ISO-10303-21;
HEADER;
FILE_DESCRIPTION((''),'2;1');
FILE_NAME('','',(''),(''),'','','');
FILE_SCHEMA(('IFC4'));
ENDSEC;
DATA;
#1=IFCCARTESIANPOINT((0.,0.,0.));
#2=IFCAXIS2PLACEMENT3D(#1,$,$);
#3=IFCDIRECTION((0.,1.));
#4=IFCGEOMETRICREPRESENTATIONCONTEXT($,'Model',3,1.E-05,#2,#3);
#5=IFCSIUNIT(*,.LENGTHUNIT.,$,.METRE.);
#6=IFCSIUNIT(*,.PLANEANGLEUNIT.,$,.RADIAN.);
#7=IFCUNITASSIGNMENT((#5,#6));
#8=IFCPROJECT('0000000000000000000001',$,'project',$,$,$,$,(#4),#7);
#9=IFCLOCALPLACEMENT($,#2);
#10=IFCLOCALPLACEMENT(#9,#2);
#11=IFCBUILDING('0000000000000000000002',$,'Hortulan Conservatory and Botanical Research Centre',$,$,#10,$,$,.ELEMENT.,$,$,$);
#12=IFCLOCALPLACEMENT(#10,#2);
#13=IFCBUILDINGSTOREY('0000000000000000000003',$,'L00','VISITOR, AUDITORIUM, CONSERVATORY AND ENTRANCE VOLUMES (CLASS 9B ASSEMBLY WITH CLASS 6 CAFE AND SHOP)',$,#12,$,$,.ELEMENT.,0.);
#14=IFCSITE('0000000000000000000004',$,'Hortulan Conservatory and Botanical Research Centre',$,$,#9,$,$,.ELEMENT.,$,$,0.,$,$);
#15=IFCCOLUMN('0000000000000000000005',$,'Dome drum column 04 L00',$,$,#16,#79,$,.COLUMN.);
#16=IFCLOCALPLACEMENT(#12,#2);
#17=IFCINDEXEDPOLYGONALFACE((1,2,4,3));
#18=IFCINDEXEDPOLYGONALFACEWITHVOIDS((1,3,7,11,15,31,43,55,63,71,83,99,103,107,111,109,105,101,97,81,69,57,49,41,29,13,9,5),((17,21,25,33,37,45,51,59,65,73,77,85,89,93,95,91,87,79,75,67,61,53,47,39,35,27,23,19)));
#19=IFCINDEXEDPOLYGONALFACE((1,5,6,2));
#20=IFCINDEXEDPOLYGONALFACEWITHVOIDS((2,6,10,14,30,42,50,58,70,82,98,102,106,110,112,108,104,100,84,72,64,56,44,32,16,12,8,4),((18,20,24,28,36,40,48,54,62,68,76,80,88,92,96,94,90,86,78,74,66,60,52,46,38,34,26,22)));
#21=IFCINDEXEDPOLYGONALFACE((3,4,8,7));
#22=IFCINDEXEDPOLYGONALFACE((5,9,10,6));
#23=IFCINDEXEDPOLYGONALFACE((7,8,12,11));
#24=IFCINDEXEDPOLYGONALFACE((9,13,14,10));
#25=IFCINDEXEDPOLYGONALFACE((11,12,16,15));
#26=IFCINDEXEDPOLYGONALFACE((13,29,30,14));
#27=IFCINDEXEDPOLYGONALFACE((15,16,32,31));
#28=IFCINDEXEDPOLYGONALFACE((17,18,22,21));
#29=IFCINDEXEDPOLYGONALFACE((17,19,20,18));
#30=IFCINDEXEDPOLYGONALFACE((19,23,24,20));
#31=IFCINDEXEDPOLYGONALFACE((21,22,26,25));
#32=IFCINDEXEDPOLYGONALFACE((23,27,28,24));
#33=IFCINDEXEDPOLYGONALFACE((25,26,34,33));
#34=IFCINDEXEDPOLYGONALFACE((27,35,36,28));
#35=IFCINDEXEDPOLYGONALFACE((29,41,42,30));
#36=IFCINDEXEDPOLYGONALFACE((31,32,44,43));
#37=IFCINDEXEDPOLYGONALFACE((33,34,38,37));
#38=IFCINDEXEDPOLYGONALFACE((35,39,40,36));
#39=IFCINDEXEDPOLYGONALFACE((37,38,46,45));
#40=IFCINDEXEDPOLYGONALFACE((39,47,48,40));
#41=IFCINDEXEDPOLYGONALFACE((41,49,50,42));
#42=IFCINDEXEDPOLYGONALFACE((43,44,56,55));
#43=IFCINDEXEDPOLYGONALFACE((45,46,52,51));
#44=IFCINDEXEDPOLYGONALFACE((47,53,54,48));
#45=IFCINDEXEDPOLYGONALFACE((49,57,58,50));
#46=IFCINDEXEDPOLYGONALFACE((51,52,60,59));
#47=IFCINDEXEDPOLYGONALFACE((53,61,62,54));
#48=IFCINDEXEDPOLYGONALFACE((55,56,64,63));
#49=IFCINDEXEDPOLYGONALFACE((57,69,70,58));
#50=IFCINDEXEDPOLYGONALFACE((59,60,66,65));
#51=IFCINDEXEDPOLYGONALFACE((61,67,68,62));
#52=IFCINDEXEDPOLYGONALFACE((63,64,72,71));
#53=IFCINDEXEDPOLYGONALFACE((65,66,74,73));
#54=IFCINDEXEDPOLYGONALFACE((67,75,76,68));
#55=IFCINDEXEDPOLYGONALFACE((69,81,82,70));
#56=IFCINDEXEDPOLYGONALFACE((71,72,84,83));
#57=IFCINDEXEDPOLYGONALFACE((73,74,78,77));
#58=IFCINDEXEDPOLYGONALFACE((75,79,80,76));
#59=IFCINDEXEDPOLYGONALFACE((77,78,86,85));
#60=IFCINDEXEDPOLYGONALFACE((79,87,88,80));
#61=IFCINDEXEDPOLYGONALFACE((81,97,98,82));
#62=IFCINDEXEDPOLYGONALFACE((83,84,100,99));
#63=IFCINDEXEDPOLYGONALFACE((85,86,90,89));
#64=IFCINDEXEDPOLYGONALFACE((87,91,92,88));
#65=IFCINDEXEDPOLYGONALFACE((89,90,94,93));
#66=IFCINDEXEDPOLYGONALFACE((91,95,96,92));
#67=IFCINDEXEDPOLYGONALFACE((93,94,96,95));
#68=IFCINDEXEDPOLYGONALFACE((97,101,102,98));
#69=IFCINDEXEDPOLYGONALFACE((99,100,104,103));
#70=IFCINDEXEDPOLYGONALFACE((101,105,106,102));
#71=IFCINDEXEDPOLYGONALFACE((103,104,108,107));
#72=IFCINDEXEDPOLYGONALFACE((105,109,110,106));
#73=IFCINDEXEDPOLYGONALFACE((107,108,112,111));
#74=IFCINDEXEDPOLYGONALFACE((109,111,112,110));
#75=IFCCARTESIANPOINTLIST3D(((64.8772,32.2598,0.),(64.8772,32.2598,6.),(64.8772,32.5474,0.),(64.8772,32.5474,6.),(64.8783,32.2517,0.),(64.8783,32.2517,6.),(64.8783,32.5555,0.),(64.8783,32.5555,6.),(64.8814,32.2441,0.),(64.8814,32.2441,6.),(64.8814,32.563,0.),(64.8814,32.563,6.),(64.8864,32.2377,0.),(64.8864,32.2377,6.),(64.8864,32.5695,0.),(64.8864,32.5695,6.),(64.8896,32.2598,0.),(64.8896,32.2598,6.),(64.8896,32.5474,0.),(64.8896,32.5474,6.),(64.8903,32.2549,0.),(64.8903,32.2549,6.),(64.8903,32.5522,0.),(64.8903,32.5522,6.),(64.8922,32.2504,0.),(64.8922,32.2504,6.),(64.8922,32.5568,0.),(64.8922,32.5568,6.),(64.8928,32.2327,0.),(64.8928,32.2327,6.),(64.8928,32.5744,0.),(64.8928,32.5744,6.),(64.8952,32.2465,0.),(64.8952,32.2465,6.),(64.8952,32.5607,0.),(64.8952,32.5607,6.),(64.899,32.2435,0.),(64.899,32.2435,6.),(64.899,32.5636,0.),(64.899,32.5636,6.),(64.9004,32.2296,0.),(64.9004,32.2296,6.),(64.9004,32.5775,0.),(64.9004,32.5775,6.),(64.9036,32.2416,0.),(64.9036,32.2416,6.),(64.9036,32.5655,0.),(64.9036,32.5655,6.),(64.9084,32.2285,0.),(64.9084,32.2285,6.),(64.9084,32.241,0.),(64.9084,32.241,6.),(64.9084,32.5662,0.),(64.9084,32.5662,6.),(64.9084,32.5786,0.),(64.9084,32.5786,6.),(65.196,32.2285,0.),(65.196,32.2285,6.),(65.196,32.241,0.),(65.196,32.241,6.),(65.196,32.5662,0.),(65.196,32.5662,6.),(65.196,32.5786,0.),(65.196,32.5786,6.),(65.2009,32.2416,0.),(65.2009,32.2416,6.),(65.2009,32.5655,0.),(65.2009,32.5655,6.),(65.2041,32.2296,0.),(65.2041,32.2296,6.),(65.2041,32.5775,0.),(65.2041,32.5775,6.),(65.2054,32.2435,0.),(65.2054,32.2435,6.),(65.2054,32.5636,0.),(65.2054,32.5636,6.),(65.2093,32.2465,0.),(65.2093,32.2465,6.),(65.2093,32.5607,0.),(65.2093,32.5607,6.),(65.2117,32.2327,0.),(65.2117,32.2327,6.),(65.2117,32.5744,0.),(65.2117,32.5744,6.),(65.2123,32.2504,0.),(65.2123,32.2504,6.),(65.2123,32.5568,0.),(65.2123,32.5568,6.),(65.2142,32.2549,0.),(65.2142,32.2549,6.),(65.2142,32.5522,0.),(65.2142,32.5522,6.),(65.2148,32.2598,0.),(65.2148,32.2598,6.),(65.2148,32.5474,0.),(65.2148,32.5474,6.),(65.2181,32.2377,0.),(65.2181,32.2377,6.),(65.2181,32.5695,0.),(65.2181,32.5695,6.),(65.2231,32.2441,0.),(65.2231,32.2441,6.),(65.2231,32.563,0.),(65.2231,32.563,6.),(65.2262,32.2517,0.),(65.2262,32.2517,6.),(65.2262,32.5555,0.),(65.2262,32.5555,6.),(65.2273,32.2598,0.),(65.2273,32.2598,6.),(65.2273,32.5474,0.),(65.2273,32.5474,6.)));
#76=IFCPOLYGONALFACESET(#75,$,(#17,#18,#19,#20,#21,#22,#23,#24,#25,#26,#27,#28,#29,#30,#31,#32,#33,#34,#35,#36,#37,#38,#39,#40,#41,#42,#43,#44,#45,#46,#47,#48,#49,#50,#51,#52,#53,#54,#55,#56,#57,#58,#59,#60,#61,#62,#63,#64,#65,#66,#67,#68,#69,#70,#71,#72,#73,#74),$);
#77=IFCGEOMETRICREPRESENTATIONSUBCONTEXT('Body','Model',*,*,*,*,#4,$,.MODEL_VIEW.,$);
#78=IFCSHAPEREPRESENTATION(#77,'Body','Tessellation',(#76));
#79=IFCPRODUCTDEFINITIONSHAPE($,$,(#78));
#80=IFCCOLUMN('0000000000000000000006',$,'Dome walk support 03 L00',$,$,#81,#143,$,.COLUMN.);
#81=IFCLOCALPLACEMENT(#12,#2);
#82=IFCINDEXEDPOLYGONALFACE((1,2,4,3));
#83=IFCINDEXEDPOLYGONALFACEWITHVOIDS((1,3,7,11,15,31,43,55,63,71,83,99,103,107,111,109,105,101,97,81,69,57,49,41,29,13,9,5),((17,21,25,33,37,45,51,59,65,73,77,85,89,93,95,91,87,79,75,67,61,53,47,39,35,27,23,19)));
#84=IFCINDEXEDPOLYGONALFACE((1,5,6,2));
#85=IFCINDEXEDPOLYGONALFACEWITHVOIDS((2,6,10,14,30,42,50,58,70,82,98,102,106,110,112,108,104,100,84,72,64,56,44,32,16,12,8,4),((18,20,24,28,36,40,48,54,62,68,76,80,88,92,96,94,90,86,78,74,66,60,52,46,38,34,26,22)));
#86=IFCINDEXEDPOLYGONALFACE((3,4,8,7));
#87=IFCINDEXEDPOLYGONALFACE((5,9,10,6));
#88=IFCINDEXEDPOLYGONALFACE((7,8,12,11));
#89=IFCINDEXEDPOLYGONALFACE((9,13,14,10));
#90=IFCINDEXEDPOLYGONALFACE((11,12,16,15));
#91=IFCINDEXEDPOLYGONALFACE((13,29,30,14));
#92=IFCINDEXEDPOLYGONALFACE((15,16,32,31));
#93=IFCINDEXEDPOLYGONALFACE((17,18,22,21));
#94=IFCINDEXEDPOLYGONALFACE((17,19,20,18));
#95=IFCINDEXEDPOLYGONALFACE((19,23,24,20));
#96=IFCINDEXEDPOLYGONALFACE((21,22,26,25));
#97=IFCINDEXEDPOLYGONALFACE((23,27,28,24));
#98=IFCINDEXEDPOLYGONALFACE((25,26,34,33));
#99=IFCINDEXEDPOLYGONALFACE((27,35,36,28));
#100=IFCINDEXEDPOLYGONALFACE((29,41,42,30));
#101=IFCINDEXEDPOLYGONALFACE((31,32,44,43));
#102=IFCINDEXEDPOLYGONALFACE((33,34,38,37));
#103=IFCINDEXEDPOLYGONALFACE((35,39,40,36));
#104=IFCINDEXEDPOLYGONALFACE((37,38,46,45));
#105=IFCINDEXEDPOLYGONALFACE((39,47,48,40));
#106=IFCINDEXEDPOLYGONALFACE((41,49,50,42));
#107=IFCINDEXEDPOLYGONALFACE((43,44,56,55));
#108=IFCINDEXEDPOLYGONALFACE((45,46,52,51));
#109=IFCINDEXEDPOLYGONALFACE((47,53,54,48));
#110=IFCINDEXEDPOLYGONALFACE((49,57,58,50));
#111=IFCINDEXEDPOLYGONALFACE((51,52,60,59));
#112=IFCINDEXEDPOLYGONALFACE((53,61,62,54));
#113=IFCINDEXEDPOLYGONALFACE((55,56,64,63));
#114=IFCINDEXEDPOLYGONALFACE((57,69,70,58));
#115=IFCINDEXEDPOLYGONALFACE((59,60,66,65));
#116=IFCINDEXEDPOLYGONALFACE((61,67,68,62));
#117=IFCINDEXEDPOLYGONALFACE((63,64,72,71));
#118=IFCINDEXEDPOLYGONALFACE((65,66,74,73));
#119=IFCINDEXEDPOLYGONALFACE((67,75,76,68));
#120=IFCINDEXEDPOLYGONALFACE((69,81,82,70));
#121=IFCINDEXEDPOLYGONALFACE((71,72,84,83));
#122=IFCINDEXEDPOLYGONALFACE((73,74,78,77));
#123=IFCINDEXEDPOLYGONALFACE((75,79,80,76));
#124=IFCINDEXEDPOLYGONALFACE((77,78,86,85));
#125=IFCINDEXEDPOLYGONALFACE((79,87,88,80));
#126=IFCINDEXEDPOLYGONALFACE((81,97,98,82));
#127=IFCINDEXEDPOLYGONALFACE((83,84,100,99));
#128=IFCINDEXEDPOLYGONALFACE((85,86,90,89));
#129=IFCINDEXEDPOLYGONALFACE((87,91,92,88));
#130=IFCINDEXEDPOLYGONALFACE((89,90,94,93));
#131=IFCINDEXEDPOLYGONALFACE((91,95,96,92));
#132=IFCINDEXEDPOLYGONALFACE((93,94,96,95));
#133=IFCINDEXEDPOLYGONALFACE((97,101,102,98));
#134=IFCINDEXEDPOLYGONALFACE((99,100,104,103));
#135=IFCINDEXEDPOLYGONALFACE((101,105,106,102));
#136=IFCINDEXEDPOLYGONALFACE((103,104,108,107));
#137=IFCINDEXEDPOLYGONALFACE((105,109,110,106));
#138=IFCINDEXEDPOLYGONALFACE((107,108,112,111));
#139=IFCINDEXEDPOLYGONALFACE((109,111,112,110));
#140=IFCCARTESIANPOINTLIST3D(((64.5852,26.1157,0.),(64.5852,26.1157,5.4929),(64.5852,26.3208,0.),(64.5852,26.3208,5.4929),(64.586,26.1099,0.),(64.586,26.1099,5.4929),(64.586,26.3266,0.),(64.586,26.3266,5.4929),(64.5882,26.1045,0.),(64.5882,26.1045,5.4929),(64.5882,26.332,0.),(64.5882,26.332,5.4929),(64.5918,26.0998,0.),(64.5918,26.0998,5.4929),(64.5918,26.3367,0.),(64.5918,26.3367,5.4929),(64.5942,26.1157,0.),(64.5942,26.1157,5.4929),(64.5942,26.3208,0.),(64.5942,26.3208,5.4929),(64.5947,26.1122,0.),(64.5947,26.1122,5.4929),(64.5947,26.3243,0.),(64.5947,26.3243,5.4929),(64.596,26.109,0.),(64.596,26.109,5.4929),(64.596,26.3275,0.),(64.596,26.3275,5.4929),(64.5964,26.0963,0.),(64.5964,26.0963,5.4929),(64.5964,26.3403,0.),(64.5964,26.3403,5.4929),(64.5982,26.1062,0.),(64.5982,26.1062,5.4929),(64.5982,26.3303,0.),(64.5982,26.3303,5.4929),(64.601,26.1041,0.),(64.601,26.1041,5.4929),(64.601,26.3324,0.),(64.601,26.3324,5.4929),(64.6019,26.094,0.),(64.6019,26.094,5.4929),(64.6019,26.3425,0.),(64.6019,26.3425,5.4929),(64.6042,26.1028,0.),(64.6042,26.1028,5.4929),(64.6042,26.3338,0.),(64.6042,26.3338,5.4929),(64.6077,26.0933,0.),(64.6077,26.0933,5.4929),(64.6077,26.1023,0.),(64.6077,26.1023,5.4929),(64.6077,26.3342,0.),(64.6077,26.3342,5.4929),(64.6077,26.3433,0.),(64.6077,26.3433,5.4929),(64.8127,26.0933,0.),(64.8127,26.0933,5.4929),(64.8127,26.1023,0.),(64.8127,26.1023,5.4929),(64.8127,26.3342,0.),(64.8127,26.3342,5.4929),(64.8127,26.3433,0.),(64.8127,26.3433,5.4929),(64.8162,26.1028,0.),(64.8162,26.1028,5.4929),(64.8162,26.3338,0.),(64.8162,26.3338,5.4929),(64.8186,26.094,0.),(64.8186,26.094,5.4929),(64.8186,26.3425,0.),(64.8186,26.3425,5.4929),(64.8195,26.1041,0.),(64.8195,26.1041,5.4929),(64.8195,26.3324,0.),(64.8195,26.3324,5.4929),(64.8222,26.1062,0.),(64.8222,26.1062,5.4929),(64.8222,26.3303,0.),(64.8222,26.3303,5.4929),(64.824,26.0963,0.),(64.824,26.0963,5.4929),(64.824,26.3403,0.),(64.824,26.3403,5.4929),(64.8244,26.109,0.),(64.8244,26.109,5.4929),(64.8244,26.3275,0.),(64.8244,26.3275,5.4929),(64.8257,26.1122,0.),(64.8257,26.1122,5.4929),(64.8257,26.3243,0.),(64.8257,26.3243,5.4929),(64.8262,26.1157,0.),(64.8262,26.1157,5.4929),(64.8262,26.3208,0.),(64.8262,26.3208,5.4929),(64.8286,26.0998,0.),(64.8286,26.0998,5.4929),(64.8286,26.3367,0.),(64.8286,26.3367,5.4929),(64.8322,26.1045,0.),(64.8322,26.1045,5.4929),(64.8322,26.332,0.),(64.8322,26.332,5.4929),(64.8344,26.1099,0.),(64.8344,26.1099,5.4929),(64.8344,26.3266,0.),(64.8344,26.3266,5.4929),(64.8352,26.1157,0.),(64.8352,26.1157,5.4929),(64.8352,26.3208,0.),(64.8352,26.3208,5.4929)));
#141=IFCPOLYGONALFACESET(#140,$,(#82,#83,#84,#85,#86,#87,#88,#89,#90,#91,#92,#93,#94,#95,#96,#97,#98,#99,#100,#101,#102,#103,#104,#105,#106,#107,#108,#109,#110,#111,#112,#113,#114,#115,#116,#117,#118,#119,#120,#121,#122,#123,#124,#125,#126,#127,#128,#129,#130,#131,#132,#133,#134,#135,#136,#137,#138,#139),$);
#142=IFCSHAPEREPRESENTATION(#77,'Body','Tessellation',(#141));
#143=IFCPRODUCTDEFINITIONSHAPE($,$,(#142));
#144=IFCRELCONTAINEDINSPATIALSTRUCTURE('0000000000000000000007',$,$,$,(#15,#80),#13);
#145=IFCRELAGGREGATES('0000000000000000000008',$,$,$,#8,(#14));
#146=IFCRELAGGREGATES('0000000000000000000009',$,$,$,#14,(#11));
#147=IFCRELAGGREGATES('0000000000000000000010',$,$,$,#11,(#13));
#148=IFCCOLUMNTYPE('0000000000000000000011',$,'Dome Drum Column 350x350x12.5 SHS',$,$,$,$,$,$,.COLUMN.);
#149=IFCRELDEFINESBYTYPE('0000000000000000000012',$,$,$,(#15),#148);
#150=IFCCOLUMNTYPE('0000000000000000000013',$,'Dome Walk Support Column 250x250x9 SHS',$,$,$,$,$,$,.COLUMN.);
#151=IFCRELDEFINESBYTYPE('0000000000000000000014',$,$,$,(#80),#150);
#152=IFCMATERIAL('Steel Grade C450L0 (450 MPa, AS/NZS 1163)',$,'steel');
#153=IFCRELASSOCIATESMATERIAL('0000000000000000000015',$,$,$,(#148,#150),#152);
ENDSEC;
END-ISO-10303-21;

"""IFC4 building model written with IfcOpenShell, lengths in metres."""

from ifc_helpers import new_model, si_unit, direction, frame, origin, origin_2d, place, context, subcontext, project, spatial, hollow_rectangle, extrude, material, material_profile, profile_set, type_object, element, save


model = new_model("IFC4")

# Units and contexts
model_context = context("Model", 3, precision=1e-05, world=origin(), true_north=direction((0.0, 1.0)))
body_context = subcontext(model_context, "Body", "Model", "MODEL_VIEW")
ifc_project = project(units=[si_unit("LENGTHUNIT", "METRE"), si_unit("PLANEANGLEUNIT", "RADIAN")], contexts=[model_context])

# Site, building, storey
site_placement = place(None, origin())
site = spatial("IfcSite", under=ifc_project, at=site_placement, Name="Hortulan Conservatory and Botanical Research Centre", CompositionType="ELEMENT", RefElevation=0.0)
building_placement = place(site_placement, origin())
building = spatial("IfcBuilding", under=site, at=building_placement, Name="Hortulan Conservatory and Botanical Research Centre", CompositionType="ELEMENT")
storey_placement = place(building_placement, origin())
storey = spatial("IfcBuildingStorey", under=building, at=storey_placement, Name="L00", Description="VISITOR, AUDITORIUM, CONSERVATORY AND ENTRANCE VOLUMES (CLASS 9B ASSEMBLY WITH CLASS 6 CAFE AND SHOP)", CompositionType="ELEMENT", Elevation=0.0)

# Columns
ifc_material_1 = material(Name="Steel Grade C450L0 (450 MPa, AS/NZS 1163)", Category="steel")
ifc_material_profile_1 = material_profile(ifc_material_1, hollow_rectangle(XDim=0.3501, YDim=0.3501, WallThickness=0.0125, InnerFilletRadius=0.0188, OuterFilletRadius=0.0312, at=origin_2d()), Name="350x350x12.5SHS")
ifc_profile_set_1 = profile_set([ifc_material_profile_1], Name="Steel Grade C450L0 (450 MPa, AS/NZS 1163)")
column_type_1 = type_object("IfcColumnType", Name="Dome Drum Column 350x350x12.5 SHS", PredefinedType="COLUMN", material=ifc_profile_set_1)
column_placement = place(storey_placement, frame((65.0522, 32.4036, 0.0), z_axis=(0.0, 0.0, 1.0), x_axis=(1.0, 0.0, 0.0)))
element("IfcColumn", 1, at=column_placement, inside=storey, type_object=column_type_1, Name="Dome drum column 04 L00", PredefinedType="COLUMN", context=body_context, shape_type="SweptSolid", body=[
    extrude(hollow_rectangle(XDim=0.3501, YDim=0.3501, WallThickness=0.0125, InnerFilletRadius=0.0188, OuterFilletRadius=0.0312, at=origin_2d()), origin(), (0.0, 0.0, 1.0), 6.0),
])
ifc_material_profile_2 = material_profile(ifc_material_1, hollow_rectangle(XDim=0.25, YDim=0.25, WallThickness=0.009, InnerFilletRadius=0.0134, OuterFilletRadius=0.0225, at=origin_2d()), Name="250x250x9SHS")
ifc_profile_set_2 = profile_set([ifc_material_profile_2], Name="Steel Grade C450L0 (450 MPa, AS/NZS 1163)")
column_type_2 = type_object("IfcColumnType", Name="Dome Walk Support Column 250x250x9 SHS", PredefinedType="COLUMN", material=ifc_profile_set_2)
for number, where, z_axis, x_axis, name in (
    (2, (64.7102, 26.2183, 0.0), (0.0, 0.0, 1.0), (1.0, 0.0, 0.0), "Dome walk support 03 L00"),
):
    element("IfcColumn", number, at=place(storey_placement, frame(where, z_axis=z_axis, x_axis=x_axis)), inside=storey, type_object=column_type_2, Name=name, PredefinedType="COLUMN", context=body_context, shape_type="SweptSolid", body=[
        extrude(hollow_rectangle(XDim=0.25, YDim=0.25, WallThickness=0.009, InnerFilletRadius=0.0134, OuterFilletRadius=0.0225, at=origin_2d()), origin(), (0.0, 0.0, 1.0), 5.4929),
    ])

save(model, "model.ifc")
